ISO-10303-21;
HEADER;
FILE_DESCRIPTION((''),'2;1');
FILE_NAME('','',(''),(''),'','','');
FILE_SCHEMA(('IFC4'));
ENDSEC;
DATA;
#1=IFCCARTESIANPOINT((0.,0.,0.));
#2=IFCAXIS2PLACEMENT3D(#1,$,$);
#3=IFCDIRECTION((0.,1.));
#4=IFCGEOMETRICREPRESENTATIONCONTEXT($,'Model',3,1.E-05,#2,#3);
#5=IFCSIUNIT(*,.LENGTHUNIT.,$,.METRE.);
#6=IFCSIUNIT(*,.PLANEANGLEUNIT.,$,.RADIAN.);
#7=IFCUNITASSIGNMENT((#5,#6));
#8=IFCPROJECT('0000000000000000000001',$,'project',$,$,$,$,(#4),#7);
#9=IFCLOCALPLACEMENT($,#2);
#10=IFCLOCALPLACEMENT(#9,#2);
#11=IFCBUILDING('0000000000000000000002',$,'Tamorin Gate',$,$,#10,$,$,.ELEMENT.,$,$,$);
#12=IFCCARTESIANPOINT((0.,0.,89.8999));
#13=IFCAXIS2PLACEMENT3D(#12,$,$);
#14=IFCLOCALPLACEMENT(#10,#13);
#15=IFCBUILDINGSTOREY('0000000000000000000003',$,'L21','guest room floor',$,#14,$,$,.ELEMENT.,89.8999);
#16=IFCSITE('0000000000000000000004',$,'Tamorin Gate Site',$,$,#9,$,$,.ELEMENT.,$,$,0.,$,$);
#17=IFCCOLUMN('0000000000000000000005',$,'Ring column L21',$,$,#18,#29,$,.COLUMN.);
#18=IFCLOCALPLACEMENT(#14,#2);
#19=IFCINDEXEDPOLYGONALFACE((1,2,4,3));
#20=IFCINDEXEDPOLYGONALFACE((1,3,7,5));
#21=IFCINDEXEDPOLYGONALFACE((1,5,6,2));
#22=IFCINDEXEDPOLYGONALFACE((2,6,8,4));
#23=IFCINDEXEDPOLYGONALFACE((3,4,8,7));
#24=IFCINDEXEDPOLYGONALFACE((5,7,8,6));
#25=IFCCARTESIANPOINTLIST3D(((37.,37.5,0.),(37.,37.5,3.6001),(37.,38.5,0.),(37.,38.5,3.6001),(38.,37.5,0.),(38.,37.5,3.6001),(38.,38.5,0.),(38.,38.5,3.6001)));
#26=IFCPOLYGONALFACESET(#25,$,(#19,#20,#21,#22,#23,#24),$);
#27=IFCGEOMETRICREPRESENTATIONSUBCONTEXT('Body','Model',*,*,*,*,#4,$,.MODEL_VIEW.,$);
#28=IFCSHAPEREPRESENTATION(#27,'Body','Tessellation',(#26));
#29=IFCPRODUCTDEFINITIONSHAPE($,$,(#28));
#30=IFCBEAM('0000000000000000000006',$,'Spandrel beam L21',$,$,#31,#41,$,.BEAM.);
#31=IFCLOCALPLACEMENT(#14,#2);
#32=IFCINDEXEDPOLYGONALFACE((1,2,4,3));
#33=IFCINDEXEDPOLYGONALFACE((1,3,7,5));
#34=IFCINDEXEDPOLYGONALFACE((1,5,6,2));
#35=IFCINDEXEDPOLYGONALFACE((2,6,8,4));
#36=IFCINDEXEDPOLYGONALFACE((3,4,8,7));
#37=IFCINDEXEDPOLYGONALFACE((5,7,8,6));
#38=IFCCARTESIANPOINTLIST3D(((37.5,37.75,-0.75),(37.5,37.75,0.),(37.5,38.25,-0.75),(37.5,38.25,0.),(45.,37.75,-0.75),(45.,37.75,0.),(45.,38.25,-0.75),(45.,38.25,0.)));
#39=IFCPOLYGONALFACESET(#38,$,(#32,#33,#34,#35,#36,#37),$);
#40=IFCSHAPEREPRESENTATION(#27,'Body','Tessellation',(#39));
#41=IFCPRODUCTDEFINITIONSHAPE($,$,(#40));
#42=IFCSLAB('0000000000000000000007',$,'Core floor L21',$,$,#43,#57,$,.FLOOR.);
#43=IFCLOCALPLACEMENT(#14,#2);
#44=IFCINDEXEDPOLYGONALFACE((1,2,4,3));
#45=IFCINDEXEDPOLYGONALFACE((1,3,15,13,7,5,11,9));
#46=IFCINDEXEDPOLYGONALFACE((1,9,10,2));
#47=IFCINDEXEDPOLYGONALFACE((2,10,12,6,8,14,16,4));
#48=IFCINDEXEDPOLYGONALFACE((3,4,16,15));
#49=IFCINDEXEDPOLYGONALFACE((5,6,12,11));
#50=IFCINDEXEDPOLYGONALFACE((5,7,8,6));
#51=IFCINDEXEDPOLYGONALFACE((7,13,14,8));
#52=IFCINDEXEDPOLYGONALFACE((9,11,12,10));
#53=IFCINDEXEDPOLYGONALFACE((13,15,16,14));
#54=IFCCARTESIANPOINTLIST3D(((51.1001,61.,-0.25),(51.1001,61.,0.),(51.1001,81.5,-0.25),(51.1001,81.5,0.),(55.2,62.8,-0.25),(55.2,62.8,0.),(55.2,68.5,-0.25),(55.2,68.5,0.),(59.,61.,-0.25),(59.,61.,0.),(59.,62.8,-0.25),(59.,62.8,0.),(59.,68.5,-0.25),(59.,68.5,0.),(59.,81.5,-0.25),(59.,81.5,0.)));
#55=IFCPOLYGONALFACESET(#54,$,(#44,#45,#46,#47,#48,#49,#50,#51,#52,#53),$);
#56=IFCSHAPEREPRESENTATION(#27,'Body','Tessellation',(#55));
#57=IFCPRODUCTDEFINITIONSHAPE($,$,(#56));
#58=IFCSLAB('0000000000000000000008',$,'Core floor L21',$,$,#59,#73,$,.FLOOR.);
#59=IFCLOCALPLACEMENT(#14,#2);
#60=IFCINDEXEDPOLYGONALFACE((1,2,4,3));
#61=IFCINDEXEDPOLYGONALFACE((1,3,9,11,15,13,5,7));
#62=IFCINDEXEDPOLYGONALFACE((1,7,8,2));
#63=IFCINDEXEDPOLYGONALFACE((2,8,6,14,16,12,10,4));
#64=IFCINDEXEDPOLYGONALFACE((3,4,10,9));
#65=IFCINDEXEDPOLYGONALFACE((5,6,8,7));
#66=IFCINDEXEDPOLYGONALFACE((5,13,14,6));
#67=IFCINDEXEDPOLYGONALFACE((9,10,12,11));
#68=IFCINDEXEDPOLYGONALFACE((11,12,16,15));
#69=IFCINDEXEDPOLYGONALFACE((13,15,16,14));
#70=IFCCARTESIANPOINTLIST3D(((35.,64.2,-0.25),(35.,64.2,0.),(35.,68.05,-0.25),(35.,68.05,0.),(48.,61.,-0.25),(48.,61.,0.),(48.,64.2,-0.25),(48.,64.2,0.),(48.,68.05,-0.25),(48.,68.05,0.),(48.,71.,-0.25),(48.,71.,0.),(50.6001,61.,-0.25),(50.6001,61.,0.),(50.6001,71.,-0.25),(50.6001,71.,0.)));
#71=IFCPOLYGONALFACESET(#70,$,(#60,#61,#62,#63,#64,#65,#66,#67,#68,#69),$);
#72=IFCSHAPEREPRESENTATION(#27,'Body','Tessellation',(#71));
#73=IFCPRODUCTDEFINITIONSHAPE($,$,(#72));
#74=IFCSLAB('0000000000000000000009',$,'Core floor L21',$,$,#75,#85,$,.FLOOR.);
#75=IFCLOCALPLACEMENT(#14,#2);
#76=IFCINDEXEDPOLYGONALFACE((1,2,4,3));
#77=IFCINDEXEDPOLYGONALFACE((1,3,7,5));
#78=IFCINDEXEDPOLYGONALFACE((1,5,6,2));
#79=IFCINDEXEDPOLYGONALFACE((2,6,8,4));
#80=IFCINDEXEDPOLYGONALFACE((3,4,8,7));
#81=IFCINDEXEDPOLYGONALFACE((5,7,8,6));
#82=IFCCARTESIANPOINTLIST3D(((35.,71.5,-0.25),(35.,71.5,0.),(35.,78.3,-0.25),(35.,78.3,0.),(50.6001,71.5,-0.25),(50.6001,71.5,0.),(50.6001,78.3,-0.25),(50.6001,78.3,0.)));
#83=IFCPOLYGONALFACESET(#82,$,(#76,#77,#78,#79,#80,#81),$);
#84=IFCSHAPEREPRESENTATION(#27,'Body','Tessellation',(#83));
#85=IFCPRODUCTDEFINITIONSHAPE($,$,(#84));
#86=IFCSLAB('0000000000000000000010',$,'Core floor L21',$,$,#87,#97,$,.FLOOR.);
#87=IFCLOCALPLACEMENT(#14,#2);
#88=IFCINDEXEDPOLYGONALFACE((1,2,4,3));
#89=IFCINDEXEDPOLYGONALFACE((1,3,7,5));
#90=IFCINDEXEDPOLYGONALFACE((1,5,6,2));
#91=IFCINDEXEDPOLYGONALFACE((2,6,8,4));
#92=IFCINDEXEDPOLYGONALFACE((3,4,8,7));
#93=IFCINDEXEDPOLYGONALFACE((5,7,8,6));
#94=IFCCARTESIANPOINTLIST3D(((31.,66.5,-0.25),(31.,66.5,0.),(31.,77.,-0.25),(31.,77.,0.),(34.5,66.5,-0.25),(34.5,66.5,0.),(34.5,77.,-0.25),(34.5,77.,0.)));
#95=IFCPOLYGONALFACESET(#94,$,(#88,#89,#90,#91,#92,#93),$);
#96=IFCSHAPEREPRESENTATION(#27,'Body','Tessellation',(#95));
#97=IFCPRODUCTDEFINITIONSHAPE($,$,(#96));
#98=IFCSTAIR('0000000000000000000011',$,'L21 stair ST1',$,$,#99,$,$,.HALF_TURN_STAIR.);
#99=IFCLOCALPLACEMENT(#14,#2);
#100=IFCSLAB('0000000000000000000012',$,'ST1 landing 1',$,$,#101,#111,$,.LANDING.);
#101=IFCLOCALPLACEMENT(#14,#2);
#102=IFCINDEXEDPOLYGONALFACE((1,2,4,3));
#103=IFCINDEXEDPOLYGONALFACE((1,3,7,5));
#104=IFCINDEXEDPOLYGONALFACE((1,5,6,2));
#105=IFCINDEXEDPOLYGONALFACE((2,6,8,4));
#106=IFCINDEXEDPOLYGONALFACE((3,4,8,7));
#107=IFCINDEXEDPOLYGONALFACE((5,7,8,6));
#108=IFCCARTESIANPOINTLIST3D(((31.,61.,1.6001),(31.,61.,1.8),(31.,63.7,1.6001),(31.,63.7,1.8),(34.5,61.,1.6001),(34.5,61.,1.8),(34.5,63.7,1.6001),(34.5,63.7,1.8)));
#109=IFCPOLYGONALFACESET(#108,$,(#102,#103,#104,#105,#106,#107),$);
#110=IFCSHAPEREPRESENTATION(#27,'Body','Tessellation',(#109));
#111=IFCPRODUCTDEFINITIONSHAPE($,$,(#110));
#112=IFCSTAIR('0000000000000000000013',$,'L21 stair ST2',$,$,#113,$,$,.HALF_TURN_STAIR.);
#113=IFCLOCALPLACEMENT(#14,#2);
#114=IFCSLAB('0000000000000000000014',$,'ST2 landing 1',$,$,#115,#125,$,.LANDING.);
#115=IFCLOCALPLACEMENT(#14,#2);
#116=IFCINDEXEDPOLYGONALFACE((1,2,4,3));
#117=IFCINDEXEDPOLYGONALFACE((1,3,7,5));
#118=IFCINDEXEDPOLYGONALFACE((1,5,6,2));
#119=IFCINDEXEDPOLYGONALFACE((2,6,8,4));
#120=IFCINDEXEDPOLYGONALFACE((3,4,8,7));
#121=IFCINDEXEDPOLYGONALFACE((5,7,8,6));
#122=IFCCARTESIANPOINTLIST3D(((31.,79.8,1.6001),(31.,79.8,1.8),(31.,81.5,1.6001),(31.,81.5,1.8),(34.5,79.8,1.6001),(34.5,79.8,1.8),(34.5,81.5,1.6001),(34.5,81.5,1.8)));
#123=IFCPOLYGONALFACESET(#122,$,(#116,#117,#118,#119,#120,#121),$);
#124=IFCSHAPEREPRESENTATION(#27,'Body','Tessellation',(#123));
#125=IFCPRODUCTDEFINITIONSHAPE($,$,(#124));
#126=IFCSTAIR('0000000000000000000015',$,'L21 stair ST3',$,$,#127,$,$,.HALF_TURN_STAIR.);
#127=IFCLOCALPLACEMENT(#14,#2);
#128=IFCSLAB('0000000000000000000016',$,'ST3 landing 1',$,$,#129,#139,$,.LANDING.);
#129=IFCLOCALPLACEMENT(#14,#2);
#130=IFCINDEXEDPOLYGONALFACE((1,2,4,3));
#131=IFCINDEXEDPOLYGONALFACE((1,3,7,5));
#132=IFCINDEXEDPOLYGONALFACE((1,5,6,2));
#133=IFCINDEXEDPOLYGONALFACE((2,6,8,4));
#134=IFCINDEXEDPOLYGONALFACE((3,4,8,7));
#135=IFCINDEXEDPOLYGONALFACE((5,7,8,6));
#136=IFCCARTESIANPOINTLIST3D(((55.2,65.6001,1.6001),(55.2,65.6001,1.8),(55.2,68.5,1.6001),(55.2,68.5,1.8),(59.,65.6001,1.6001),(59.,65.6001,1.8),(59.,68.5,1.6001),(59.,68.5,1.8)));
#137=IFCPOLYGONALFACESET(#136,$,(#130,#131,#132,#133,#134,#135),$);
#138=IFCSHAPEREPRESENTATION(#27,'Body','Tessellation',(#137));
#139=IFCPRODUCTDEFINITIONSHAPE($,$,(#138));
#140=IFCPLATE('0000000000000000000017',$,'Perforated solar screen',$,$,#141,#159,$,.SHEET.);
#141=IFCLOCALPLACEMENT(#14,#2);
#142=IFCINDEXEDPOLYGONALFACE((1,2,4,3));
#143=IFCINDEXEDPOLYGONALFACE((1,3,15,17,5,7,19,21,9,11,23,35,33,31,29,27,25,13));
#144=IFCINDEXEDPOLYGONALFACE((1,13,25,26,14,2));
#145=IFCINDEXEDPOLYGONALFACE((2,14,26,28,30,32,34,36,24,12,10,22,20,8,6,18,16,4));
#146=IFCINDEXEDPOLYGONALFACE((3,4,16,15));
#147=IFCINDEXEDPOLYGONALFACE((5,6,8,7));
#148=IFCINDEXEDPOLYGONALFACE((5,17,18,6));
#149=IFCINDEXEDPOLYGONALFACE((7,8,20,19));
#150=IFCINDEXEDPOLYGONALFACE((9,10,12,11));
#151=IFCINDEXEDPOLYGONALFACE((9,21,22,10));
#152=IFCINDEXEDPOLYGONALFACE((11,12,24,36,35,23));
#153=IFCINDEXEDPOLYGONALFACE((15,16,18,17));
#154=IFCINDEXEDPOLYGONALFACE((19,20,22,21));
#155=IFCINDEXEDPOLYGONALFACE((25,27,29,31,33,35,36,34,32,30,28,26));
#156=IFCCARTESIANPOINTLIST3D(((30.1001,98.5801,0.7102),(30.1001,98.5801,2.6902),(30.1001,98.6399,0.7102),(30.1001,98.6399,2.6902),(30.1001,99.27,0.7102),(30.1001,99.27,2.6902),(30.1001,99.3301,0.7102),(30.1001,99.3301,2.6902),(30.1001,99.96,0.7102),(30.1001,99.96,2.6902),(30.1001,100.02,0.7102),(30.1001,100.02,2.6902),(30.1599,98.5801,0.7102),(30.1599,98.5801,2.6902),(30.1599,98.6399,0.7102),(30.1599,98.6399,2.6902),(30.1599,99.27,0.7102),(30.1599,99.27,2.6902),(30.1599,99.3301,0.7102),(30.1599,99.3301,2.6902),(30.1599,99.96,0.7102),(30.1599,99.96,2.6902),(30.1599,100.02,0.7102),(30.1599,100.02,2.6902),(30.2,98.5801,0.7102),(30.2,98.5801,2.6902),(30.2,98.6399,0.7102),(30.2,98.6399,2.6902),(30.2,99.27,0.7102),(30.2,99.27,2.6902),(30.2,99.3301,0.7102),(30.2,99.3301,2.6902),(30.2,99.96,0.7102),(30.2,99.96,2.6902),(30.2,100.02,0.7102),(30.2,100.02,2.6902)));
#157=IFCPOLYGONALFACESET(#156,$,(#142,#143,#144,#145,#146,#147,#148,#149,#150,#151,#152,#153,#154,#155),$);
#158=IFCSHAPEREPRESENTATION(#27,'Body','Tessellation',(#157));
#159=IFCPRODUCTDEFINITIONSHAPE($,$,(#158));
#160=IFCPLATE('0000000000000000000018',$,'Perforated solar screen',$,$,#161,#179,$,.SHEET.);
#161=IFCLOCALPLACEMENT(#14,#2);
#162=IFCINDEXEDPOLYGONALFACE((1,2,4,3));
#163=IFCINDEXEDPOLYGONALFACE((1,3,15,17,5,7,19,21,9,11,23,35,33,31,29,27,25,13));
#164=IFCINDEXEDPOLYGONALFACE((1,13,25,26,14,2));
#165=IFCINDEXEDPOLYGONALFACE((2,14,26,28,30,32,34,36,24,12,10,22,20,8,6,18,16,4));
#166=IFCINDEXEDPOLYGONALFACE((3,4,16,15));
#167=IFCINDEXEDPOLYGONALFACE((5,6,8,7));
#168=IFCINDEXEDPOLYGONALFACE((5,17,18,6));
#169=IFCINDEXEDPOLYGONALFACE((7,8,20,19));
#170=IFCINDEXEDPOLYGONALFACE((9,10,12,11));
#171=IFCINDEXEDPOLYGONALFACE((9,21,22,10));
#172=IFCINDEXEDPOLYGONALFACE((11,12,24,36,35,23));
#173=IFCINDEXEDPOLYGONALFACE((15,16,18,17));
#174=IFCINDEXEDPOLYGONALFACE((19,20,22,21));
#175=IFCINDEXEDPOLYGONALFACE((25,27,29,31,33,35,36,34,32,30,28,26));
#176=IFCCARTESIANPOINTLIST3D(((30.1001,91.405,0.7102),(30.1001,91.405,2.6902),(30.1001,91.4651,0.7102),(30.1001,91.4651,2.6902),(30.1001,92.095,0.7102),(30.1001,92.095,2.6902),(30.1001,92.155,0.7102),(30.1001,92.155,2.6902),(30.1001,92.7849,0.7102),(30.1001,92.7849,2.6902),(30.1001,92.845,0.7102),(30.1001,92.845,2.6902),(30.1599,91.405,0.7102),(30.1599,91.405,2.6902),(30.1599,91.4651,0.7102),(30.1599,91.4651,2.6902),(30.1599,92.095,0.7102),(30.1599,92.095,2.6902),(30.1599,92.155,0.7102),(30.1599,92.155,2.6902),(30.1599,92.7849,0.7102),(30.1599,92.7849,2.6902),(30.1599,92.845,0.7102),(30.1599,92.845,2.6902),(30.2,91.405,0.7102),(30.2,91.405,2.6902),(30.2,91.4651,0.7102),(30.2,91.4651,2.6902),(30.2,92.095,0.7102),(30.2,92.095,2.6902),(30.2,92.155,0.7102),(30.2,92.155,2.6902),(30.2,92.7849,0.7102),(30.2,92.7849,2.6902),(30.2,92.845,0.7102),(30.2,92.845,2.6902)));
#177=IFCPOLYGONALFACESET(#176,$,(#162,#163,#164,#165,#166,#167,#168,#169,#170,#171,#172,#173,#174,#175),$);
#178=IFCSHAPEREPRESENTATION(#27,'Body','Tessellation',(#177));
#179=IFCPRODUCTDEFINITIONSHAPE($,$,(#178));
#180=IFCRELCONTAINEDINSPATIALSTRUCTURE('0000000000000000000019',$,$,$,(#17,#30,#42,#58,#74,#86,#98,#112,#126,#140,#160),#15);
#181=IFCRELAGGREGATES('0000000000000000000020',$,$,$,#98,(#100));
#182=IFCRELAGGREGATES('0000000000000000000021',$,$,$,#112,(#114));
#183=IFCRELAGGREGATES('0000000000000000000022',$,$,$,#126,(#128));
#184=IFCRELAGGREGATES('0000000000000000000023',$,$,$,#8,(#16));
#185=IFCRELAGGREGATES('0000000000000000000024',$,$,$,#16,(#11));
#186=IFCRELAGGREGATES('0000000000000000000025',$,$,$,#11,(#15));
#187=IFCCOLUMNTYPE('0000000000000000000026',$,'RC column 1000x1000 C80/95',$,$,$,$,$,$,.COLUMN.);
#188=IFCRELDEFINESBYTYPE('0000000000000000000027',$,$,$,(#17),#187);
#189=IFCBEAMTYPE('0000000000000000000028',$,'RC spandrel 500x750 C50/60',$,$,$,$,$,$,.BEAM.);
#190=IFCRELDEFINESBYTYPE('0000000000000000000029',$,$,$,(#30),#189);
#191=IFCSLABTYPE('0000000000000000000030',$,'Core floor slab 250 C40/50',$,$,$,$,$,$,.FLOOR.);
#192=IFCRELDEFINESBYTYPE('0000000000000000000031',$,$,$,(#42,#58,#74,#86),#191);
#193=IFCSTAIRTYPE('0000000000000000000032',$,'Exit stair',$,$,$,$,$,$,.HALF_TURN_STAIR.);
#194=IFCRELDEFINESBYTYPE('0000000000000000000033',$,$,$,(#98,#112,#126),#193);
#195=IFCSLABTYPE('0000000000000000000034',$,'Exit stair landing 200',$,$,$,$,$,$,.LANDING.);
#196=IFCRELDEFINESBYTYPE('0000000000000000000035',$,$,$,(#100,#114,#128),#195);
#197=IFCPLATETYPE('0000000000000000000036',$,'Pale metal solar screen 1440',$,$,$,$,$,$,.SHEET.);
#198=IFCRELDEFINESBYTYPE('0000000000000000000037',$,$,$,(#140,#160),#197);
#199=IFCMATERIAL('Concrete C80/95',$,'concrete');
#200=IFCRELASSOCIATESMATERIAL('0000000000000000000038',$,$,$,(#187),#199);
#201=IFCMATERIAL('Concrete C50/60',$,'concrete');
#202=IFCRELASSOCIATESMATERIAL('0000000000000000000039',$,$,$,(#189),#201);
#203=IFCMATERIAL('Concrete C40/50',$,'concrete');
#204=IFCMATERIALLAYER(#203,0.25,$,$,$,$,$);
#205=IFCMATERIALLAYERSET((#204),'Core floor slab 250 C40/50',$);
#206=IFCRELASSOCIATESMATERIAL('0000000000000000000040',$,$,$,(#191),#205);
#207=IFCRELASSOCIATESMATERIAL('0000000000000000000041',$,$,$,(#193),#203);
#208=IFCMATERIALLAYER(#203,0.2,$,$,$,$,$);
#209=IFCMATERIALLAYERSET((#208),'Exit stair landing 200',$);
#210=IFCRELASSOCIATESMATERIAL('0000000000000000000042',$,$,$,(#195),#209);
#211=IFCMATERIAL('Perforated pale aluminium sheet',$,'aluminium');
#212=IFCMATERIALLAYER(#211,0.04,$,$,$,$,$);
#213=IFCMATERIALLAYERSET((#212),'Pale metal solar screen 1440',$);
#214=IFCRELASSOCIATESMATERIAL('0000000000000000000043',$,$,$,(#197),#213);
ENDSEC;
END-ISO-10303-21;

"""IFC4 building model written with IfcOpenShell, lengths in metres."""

from ifc_helpers import new_model, si_unit, direction, frame, origin, origin_2d, place, context, subcontext, project, spatial, polyline, rectangle, outline, extrude, material, layer, layer_set, material_profile, profile_set, type_object, element, aggregate, save


model = new_model("IFC4")

# Units and contexts
model_context = context("Model", 3, precision=1e-05, world=origin(), true_north=direction((0.0, 1.0)))
body_context = subcontext(model_context, "Body", "Model", "MODEL_VIEW")
ifc_project = project(units=[si_unit("LENGTHUNIT", "METRE"), si_unit("PLANEANGLEUNIT", "RADIAN")], contexts=[model_context])

# Site, building, storey
site_placement = place(None, origin())
site = spatial("IfcSite", under=ifc_project, at=site_placement, Name="Tamorin Gate Site", CompositionType="ELEMENT", RefElevation=0.0)
building_placement = place(site_placement, origin())
building = spatial("IfcBuilding", under=site, at=building_placement, Name="Tamorin Gate", CompositionType="ELEMENT")
storey_placement = place(building_placement, frame((0.0, 0.0, 89.8999)))
storey = spatial("IfcBuildingStorey", under=building, at=storey_placement, Name="L21", Description="guest room floor", CompositionType="ELEMENT", Elevation=89.8999)

# Column
ifc_material_1 = material(Name="Concrete C80/95", Category="concrete")
ifc_material_profile_1 = material_profile(ifc_material_1, rectangle(XDim=1.0, YDim=1.0, at=origin_2d()), Name="RC 1000x1000")
ifc_profile_set_1 = profile_set([ifc_material_profile_1], Name="Concrete C80/95")
column_type = type_object("IfcColumnType", Name="RC column 1000x1000 C80/95", PredefinedType="COLUMN", material=ifc_profile_set_1)
column_placement = place(storey_placement, frame((37.5, 38.0, 0.0), z_axis=(0.0, 0.0, 1.0), x_axis=(1.0, 0.0, 0.0)))
element("IfcColumn", 1, at=column_placement, inside=storey, type_object=column_type, Name="Ring column L21", PredefinedType="COLUMN", context=body_context, shape_type="SweptSolid", body=[
    extrude(rectangle(XDim=1.0, YDim=1.0, at=origin_2d()), origin(), (0.0, 0.0, 1.0), 3.6001),
])

# Beam
ifc_material_2 = material(Name="Concrete C50/60", Category="concrete")
ifc_material_profile_2 = material_profile(ifc_material_2, rectangle(XDim=0.5, YDim=0.75, at=origin_2d()), Name="RC 500x750")
ifc_profile_set_2 = profile_set([ifc_material_profile_2], Name="Concrete C50/60")
beam_type = type_object("IfcBeamType", Name="RC spandrel 500x750 C50/60", PredefinedType="BEAM", material=ifc_profile_set_2)
beam_placement = place(storey_placement, frame((37.5, 38.0, -0.375), z_axis=(1.0, 0.0, 0.0), x_axis=(0.0, 1.0, 0.0)))
element("IfcBeam", 2, at=beam_placement, inside=storey, type_object=beam_type, Name="Spandrel beam L21", PredefinedType="BEAM", context=body_context, shape_type="SweptSolid", body=[
    extrude(rectangle(XDim=0.5, YDim=0.75, at=origin_2d()), origin(), (0.0, 0.0, 1.0), 7.5),
])

# Slabs
ifc_material_3 = material(Name="Concrete C40/50", Category="concrete")
ifc_layer_1 = layer(ifc_material_3, 0.25)
ifc_layer_set_1 = layer_set([ifc_layer_1], Name="Core floor slab 250 C40/50")
slab_type_1 = type_object("IfcSlabType", Name="Core floor slab 250 C40/50", PredefinedType="FLOOR", material=ifc_layer_set_1)
slab_1_placement = place(storey_placement, frame((0.0, 0.0, -0.25)))
element("IfcSlab", 3, at=slab_1_placement, inside=storey, type_object=slab_type_1, Name="Core floor L21", PredefinedType="FLOOR", context=body_context, shape_type="SweptSolid", body=[
    extrude(outline(polyline([(59.0, 62.8), (59.0, 61.0), (51.1001, 61.0), (51.1001, 81.5), (59.0, 81.5), (59.0, 68.5), (55.2, 68.5), (55.2, 62.8), (59.0, 62.8)])), origin(), (0.0, 0.0, 1.0), 0.25),
])
slab_2_placement = place(storey_placement, frame((0.0, 0.0, -0.25)))
element("IfcSlab", 4, at=slab_2_placement, inside=storey, type_object=slab_type_1, Name="Core floor L21", PredefinedType="FLOOR", context=body_context, shape_type="SweptSolid", body=[
    extrude(outline(polyline([(50.6001, 61.0), (48.0, 61.0), (48.0, 64.2), (35.0, 64.2), (35.0, 68.05), (48.0, 68.05), (48.0, 71.0), (50.6001, 71.0), (50.6001, 61.0)])), origin(), (0.0, 0.0, 1.0), 0.25),
])
slab_3_placement = place(storey_placement, frame((0.0, 0.0, -0.25)))
element("IfcSlab", 5, at=slab_3_placement, inside=storey, type_object=slab_type_1, Name="Core floor L21", PredefinedType="FLOOR", context=body_context, shape_type="SweptSolid", body=[
    extrude(outline(polyline([(50.6001, 71.5), (35.0, 71.5), (35.0, 78.3), (50.6001, 78.3), (50.6001, 71.5)])), origin(), (0.0, 0.0, 1.0), 0.25),
])
slab_4_placement = place(storey_placement, frame((0.0, 0.0, -0.25)))
element("IfcSlab", 6, at=slab_4_placement, inside=storey, type_object=slab_type_1, Name="Core floor L21", PredefinedType="FLOOR", context=body_context, shape_type="SweptSolid", body=[
    extrude(outline(polyline([(31.0, 66.5), (31.0, 77.0), (34.5, 77.0), (34.5, 66.5), (31.0, 66.5)])), origin(), (0.0, 0.0, 1.0), 0.25),
])

# Stairs, slabs
stair_type = type_object("IfcStairType", Name="Exit stair", PredefinedType="HALF_TURN_STAIR", material=ifc_material_3)
stair_1_placement = place(storey_placement, origin())
stair_1 = element("IfcStair", 7, at=stair_1_placement, inside=storey, type_object=stair_type, Name="L21 stair ST1", PredefinedType="HALF_TURN_STAIR")
ifc_layer_2 = layer(ifc_material_3, 0.2)
ifc_layer_set_2 = layer_set([ifc_layer_2], Name="Exit stair landing 200")
slab_type_2 = type_object("IfcSlabType", Name="Exit stair landing 200", PredefinedType="LANDING", material=ifc_layer_set_2)
slab_5_placement = place(storey_placement, frame((0.0, 0.0, 1.6001)))
slab_5 = element("IfcSlab", 8, at=slab_5_placement, type_object=slab_type_2, Name="ST1 landing 1", PredefinedType="LANDING", context=body_context, shape_type="SweptSolid", body=[
    extrude(outline(polyline([(31.0, 63.7), (31.0, 61.0), (34.5, 61.0), (34.5, 63.7), (31.0, 63.7)])), origin(), (0.0, 0.0, 1.0), 0.2),
])
aggregate(stair_1, [slab_5])
stair_2_placement = place(storey_placement, origin())
stair_2 = element("IfcStair", 9, at=stair_2_placement, inside=storey, type_object=stair_type, Name="L21 stair ST2", PredefinedType="HALF_TURN_STAIR")
slab_6_placement = place(storey_placement, frame((0.0, 0.0, 1.6001)))
slab_6 = element("IfcSlab", 10, at=slab_6_placement, type_object=slab_type_2, Name="ST2 landing 1", PredefinedType="LANDING", context=body_context, shape_type="SweptSolid", body=[
    extrude(outline(polyline([(34.5, 79.8), (34.5, 81.5), (31.0, 81.5), (31.0, 79.8), (34.5, 79.8)])), origin(), (0.0, 0.0, 1.0), 0.2),
])
aggregate(stair_2, [slab_6])
stair_3_placement = place(storey_placement, origin())
stair_3 = element("IfcStair", 11, at=stair_3_placement, inside=storey, type_object=stair_type, Name="L21 stair ST3", PredefinedType="HALF_TURN_STAIR")
slab_7_placement = place(storey_placement, frame((0.0, 0.0, 1.6001)))
slab_7 = element("IfcSlab", 12, at=slab_7_placement, type_object=slab_type_2, Name="ST3 landing 1", PredefinedType="LANDING", context=body_context, shape_type="SweptSolid", body=[
    extrude(outline(polyline([(59.0, 65.6001), (59.0, 68.5), (55.2, 68.5), (55.2, 65.6001), (59.0, 65.6001)])), origin(), (0.0, 0.0, 1.0), 0.2),
])
aggregate(stair_3, [slab_7])

# Plates
ifc_material_4 = material(Name="Perforated pale aluminium sheet", Category="aluminium")
ifc_layer_3 = layer(ifc_material_4, 0.04)
ifc_layer_set_3 = layer_set([ifc_layer_3], Name="Pale metal solar screen 1440")
plate_type = type_object("IfcPlateType", Name="Pale metal solar screen 1440", PredefinedType="SHEET", material=ifc_layer_set_3)
plate_1_placement = place(storey_placement, frame((0.0, 0.0, 0.7102)))
element("IfcPlate", 13, at=plate_1_placement, inside=storey, type_object=plate_type, Name="Perforated solar screen", PredefinedType="SHEET", context=body_context, shape_type="SweptSolid", body=[
    extrude(outline(polyline([(30.1599, 100.02), (30.2, 100.02), (30.2, 99.96), (30.2, 99.3301), (30.2, 99.27), (30.2, 98.6399), (30.2, 98.5801), (30.1599, 98.5801), (30.1001, 98.5801), (30.1001, 98.6399), (30.1599, 98.6399), (30.1599, 99.27), (30.1001, 99.27), (30.1001, 99.3301), (30.1599, 99.3301), (30.1599, 99.96), (30.1001, 99.96), (30.1001, 100.02), (30.1599, 100.02)])), origin(), (0.0, 0.0, 1.0), 1.98),
])
plate_2_placement = place(storey_placement, frame((0.0, 0.0, 0.7102)))
element("IfcPlate", 14, at=plate_2_placement, inside=storey, type_object=plate_type, Name="Perforated solar screen", PredefinedType="SHEET", context=body_context, shape_type="SweptSolid", body=[
    extrude(outline(polyline([(30.1599, 92.845), (30.2, 92.845), (30.2, 92.7849), (30.2, 92.155), (30.2, 92.095), (30.2, 91.4651), (30.2, 91.405), (30.1599, 91.405), (30.1001, 91.405), (30.1001, 91.4651), (30.1599, 91.4651), (30.1599, 92.095), (30.1001, 92.095), (30.1001, 92.155), (30.1599, 92.155), (30.1599, 92.7849), (30.1001, 92.7849), (30.1001, 92.845), (30.1599, 92.845)])), origin(), (0.0, 0.0, 1.0), 1.98),
])

save(model, "model.ifc")
